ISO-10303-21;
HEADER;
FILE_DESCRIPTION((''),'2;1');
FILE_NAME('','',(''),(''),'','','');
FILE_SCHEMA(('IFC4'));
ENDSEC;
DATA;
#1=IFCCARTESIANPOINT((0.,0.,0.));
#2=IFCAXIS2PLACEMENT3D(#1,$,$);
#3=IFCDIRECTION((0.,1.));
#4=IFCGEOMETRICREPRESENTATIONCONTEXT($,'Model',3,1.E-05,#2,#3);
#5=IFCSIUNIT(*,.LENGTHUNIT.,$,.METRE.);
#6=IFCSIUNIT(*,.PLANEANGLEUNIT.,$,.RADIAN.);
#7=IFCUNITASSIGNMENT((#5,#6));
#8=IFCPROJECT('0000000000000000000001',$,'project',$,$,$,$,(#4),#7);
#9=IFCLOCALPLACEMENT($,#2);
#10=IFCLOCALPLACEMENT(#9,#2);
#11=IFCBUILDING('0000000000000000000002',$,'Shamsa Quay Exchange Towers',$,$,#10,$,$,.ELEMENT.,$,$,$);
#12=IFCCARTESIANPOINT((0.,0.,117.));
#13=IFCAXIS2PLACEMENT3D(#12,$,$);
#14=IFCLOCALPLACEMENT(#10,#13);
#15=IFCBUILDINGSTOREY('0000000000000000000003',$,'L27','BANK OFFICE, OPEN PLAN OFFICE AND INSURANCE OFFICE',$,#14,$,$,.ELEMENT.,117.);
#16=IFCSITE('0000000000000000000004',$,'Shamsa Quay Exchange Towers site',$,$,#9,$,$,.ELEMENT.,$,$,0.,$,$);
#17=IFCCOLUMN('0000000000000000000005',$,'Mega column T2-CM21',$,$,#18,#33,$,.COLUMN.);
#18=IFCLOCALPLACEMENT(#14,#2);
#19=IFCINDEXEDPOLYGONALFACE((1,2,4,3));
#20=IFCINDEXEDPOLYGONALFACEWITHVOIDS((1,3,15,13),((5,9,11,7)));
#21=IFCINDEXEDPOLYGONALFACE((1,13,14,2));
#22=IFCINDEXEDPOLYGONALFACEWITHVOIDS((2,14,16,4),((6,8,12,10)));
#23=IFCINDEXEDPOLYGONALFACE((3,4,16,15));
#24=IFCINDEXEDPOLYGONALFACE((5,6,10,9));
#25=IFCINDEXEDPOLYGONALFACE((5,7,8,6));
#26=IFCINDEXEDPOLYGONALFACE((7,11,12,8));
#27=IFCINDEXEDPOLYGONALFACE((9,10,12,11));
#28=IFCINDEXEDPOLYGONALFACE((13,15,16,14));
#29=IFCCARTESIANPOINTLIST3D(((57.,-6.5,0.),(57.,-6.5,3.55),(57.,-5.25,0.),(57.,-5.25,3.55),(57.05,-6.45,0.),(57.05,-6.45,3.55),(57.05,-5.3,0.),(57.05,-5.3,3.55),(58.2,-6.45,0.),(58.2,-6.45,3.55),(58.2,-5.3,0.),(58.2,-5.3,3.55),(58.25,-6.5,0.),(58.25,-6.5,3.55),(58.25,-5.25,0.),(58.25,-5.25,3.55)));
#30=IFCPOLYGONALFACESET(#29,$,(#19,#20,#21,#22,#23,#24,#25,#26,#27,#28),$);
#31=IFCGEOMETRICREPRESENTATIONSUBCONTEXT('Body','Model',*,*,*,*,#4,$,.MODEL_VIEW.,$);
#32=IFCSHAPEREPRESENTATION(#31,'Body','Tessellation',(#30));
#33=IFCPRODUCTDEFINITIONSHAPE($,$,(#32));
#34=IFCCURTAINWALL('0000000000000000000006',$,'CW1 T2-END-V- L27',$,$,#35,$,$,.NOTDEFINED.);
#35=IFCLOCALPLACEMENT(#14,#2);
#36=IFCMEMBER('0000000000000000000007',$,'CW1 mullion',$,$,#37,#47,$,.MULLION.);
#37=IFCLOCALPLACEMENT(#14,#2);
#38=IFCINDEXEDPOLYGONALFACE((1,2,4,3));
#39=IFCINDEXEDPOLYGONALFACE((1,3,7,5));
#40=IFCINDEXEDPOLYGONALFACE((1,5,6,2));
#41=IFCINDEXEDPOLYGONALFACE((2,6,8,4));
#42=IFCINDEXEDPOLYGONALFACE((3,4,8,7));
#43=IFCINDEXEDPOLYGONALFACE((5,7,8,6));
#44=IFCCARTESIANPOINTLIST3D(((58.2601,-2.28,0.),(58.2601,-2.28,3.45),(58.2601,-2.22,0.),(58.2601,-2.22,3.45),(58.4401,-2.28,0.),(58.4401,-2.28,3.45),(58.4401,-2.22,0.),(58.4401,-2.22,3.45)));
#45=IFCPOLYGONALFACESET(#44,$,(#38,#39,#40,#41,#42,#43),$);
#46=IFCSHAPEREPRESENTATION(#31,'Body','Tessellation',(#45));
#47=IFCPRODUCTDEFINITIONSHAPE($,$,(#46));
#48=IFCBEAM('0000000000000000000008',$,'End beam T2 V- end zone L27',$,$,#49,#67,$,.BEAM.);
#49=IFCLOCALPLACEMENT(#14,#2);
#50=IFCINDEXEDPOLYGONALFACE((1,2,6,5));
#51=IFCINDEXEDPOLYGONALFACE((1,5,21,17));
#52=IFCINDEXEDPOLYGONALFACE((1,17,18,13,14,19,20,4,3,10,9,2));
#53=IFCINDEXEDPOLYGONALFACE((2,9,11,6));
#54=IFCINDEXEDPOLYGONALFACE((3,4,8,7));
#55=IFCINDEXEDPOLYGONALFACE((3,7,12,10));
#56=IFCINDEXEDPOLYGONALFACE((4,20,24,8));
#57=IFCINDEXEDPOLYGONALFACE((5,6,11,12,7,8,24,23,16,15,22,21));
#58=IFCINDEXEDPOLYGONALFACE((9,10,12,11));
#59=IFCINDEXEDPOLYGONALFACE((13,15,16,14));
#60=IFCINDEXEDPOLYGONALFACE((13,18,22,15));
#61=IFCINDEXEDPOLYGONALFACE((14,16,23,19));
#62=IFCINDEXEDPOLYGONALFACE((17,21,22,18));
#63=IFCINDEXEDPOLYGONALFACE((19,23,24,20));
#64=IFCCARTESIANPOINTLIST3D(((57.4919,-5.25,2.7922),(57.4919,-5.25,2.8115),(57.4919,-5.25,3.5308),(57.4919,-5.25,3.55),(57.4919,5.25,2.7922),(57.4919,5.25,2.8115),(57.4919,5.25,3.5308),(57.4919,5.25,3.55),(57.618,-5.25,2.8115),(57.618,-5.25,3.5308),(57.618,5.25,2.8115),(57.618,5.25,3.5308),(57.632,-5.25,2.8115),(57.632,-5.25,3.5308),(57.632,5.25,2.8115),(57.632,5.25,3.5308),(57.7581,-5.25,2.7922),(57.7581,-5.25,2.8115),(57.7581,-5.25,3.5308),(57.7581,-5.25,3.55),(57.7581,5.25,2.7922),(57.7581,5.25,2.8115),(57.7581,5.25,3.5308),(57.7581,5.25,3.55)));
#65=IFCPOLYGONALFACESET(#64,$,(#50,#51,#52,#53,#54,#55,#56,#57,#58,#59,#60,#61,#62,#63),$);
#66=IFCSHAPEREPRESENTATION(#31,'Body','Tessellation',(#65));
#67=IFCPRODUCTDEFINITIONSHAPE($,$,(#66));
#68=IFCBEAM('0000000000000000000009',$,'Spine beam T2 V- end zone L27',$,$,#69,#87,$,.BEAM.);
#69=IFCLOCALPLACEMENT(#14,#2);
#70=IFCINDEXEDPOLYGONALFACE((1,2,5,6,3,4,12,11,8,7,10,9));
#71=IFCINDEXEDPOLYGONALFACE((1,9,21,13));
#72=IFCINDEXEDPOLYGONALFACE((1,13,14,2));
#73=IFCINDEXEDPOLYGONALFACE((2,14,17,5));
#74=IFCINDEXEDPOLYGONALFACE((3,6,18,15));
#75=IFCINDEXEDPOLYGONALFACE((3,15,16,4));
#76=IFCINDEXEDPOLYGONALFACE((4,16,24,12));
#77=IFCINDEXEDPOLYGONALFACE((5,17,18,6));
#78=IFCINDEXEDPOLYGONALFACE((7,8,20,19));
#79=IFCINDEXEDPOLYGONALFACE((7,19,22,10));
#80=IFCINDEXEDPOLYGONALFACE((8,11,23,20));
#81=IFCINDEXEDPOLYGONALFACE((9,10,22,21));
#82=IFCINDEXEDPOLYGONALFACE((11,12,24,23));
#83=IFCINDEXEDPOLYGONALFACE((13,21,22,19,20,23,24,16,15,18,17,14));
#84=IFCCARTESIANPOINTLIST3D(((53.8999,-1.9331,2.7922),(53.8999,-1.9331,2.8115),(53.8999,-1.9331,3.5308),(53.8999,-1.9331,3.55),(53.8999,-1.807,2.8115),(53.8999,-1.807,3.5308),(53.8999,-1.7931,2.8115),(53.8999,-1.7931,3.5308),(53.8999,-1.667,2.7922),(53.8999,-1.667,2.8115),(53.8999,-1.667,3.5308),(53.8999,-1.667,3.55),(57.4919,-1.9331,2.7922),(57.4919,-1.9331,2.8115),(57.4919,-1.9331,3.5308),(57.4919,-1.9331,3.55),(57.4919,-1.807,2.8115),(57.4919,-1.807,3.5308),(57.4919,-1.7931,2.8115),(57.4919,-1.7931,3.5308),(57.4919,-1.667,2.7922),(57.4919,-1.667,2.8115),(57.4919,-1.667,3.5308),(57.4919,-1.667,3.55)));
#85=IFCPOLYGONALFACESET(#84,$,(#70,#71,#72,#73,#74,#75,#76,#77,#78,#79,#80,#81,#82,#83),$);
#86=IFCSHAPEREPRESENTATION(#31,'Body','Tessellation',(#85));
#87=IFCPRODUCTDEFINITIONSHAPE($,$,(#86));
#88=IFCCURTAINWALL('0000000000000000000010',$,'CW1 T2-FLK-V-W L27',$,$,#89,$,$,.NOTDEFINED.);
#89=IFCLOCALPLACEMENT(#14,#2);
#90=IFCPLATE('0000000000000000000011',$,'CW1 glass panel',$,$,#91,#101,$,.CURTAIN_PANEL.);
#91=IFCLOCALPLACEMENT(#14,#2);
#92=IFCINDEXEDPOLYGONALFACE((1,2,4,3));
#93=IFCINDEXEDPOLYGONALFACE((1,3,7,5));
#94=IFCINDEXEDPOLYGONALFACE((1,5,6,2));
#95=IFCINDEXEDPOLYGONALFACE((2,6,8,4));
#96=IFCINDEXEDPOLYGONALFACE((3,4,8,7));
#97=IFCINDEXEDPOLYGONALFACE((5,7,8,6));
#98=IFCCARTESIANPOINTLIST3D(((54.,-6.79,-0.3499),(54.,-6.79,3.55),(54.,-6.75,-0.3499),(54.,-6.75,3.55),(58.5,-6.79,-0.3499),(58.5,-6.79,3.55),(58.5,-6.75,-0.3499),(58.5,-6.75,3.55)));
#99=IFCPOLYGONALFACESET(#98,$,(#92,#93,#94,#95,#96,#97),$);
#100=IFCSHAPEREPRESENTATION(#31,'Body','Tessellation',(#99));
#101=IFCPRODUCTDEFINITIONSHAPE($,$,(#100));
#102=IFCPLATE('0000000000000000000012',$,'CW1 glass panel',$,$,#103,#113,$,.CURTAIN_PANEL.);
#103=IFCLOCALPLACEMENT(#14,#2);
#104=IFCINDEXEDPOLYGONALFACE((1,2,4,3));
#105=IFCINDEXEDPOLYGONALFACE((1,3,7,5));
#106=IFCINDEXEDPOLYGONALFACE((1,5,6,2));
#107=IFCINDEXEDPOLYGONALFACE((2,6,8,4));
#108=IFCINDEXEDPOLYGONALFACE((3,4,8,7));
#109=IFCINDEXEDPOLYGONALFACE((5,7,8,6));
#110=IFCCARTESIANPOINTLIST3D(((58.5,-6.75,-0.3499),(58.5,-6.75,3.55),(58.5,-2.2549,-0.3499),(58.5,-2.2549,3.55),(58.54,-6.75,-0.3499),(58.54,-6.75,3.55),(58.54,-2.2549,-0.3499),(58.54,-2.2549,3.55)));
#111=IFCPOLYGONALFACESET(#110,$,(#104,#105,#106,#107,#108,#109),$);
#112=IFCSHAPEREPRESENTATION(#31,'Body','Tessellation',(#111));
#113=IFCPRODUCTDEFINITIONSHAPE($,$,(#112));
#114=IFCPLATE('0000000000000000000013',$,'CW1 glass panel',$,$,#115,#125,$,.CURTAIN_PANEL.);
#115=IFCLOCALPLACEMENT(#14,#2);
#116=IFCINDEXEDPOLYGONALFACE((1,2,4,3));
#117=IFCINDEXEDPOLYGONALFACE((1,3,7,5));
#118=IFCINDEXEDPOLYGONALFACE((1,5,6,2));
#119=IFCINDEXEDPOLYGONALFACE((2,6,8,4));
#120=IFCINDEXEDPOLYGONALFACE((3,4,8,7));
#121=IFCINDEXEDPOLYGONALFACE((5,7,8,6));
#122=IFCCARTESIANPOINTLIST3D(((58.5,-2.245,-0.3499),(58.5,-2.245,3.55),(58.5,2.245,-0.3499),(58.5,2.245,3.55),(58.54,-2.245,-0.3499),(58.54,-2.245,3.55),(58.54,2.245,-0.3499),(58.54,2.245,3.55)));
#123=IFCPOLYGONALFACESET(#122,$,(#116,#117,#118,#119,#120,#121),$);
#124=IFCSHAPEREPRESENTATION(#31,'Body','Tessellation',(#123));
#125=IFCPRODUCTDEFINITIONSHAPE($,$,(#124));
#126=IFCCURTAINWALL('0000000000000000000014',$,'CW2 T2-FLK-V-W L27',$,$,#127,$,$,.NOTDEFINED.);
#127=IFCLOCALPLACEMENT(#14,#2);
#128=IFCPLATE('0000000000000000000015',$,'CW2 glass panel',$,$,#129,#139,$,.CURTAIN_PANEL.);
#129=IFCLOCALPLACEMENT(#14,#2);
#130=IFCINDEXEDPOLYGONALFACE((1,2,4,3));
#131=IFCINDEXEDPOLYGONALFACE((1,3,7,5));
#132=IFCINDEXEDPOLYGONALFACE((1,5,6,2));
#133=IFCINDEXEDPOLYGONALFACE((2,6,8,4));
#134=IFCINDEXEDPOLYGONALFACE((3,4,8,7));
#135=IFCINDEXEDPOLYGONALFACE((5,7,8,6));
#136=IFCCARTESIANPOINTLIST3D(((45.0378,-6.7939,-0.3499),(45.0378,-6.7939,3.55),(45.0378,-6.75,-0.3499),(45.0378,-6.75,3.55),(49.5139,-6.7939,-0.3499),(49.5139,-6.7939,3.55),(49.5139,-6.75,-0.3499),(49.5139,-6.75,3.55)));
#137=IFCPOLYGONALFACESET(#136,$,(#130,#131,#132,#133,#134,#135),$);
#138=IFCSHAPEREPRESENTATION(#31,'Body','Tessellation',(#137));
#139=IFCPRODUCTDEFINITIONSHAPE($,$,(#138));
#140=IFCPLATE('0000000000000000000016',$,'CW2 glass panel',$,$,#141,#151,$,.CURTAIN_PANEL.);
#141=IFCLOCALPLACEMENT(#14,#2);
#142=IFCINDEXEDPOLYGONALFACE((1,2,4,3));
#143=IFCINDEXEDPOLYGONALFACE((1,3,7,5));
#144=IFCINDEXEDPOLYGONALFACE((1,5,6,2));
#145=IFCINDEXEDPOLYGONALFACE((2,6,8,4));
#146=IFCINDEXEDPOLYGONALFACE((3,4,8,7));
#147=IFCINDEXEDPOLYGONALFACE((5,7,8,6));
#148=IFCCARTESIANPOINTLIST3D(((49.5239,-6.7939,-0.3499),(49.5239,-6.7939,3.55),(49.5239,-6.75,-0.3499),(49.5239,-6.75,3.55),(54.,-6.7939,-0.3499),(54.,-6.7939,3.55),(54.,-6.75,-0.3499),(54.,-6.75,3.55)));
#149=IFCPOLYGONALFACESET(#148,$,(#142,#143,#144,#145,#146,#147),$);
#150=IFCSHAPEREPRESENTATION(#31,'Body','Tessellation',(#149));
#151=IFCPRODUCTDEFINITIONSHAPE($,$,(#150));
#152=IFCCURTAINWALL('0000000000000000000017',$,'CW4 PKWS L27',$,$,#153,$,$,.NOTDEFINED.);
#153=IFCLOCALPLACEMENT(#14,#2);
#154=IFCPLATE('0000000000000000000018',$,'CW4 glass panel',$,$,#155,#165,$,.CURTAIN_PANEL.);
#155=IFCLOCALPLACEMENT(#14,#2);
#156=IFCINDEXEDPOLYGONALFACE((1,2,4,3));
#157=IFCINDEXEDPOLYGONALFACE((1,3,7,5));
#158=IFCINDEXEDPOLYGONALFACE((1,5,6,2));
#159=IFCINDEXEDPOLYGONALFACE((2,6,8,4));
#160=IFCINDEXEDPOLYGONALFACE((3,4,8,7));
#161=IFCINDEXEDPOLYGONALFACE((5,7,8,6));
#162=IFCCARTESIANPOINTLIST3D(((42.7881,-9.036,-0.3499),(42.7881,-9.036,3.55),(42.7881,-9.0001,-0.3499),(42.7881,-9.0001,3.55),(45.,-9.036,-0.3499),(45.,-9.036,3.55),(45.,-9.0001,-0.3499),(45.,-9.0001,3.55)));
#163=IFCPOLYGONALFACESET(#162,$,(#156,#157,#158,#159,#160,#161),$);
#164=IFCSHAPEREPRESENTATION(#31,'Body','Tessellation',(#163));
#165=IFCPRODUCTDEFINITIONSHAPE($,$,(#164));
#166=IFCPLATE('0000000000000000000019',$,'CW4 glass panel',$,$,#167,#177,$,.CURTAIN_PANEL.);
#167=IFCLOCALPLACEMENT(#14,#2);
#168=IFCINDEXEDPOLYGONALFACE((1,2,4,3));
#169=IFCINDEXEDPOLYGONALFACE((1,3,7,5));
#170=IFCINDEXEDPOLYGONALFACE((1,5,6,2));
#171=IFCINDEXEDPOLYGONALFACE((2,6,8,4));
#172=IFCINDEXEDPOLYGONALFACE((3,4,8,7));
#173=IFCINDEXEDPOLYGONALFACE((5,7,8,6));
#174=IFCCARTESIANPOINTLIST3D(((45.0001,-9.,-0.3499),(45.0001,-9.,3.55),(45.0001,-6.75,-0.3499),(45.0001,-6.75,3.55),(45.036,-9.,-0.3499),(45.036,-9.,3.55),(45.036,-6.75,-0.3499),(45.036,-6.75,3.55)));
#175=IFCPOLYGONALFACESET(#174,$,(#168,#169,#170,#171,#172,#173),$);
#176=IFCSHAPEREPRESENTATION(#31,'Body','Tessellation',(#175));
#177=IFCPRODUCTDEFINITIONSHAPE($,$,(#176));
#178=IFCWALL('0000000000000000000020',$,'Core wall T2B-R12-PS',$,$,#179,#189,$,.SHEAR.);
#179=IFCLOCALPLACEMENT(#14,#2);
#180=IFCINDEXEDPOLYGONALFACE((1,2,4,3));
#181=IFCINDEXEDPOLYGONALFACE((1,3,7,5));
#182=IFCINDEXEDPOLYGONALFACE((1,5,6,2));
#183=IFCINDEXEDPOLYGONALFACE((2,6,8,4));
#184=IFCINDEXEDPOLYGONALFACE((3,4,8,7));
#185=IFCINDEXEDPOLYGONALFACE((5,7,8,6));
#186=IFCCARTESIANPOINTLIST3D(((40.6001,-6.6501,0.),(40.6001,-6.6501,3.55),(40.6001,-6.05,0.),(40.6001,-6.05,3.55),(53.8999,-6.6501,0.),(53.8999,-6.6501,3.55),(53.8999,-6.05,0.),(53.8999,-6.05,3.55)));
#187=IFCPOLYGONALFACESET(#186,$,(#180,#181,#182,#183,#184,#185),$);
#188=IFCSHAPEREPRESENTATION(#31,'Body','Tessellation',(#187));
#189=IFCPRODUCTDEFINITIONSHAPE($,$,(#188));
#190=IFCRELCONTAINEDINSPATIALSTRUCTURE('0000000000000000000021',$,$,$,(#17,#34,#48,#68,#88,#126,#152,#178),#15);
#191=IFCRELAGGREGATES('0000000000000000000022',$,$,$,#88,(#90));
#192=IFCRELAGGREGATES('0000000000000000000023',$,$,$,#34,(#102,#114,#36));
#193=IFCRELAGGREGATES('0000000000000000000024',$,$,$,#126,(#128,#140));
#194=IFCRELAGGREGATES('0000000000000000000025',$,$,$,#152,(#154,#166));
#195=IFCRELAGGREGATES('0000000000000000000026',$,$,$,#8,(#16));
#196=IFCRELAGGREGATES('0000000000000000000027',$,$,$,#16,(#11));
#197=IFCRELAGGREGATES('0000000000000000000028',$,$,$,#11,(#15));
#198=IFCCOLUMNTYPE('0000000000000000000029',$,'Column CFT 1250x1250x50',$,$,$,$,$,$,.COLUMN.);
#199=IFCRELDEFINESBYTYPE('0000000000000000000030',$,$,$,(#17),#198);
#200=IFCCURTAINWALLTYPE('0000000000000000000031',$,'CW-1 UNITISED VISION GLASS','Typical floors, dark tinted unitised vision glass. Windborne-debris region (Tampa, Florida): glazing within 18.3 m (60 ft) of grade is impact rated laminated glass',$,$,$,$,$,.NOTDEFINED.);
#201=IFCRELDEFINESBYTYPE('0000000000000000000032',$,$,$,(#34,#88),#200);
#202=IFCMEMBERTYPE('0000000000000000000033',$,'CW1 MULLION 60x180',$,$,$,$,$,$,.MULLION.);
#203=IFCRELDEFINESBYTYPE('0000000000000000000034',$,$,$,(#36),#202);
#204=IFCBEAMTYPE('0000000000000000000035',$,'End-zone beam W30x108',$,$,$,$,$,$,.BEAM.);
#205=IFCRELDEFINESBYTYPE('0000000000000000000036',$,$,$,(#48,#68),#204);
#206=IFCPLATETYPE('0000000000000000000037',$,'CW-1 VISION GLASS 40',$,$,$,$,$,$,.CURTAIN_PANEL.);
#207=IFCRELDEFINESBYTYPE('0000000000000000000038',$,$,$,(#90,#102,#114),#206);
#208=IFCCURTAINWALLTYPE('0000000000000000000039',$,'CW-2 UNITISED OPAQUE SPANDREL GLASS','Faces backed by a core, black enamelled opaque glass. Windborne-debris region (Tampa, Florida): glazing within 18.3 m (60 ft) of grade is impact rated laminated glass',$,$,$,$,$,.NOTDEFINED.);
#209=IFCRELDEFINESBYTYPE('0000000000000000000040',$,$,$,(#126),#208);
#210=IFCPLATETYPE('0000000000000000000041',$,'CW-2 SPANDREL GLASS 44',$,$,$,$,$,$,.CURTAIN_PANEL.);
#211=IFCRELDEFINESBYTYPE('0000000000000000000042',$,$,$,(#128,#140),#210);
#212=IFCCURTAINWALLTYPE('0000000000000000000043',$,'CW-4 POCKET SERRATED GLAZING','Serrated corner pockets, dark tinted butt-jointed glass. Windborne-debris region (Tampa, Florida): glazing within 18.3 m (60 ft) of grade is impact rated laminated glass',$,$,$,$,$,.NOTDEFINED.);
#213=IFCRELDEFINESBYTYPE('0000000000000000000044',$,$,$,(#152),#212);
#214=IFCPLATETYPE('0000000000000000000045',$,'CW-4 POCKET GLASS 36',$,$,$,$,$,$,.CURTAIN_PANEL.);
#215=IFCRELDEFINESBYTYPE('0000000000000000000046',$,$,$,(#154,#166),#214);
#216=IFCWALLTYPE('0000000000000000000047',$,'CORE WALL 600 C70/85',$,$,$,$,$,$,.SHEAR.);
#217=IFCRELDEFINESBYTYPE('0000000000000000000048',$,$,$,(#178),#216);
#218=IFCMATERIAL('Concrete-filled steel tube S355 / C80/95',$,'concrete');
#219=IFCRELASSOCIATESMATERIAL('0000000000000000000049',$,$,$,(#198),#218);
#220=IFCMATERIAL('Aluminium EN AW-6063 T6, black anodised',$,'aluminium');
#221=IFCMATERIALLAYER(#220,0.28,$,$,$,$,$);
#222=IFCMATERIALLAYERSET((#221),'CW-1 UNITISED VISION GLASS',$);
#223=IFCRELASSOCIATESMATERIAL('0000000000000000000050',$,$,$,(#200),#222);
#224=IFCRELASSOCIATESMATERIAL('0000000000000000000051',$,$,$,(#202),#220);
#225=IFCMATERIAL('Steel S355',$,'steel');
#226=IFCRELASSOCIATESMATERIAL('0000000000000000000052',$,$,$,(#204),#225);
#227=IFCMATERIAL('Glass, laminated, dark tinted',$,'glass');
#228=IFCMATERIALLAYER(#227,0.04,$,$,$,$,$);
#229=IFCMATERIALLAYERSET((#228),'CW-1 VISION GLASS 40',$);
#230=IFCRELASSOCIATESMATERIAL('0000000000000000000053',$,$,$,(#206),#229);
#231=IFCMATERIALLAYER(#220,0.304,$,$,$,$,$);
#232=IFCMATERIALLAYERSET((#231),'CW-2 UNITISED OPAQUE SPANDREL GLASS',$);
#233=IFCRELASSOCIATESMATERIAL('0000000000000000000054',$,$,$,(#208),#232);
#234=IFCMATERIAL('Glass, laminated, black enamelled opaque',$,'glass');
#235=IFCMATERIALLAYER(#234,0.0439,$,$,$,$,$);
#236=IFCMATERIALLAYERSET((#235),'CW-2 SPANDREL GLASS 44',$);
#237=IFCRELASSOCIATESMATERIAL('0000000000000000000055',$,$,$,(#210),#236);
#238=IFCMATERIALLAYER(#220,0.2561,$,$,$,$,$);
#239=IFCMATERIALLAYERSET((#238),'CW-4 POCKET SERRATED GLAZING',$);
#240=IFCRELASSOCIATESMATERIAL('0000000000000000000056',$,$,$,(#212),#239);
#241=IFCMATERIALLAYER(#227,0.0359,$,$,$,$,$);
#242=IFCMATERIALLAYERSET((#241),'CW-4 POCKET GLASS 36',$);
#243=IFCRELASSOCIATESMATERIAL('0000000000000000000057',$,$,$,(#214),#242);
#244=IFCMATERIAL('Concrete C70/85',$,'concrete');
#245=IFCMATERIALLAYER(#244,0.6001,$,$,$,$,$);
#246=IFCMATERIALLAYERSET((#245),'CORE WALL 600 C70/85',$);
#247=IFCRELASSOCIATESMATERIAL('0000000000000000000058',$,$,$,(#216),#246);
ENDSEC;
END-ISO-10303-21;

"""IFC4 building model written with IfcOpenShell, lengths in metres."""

from ifc_helpers import new_model, si_unit, direction, frame, frame_2d, origin, origin_2d, place, context, subcontext, project, spatial, rectangle, hollow_rectangle, i_section, extrude, material, layer, layer_set, material_profile, profile_set, type_object, element, aggregate, save


model = new_model("IFC4")

# Units and contexts
model_context = context("Model", 3, precision=1e-05, world=origin(), true_north=direction((0.0, 1.0)))
body_context = subcontext(model_context, "Body", "Model", "MODEL_VIEW")
ifc_project = project(units=[si_unit("LENGTHUNIT", "METRE"), si_unit("PLANEANGLEUNIT", "RADIAN")], contexts=[model_context])

# Site, building, storey
site_placement = place(None, origin())
site = spatial("IfcSite", under=ifc_project, at=site_placement, Name="Shamsa Quay Exchange Towers site", CompositionType="ELEMENT", RefElevation=0.0)
building_placement = place(site_placement, origin())
building = spatial("IfcBuilding", under=site, at=building_placement, Name="Shamsa Quay Exchange Towers", CompositionType="ELEMENT")
storey_placement = place(building_placement, frame((0.0, 0.0, 117.0)))
storey = spatial("IfcBuildingStorey", under=building, at=storey_placement, Name="L27", Description="BANK OFFICE, OPEN PLAN OFFICE AND INSURANCE OFFICE", CompositionType="ELEMENT", Elevation=117.0)

# Column
ifc_material_1 = material(Name="Concrete-filled steel tube S355 / C80/95", Category="concrete")
ifc_material_profile_1 = material_profile(ifc_material_1, hollow_rectangle(XDim=1.25, YDim=1.25, WallThickness=0.05, at=origin_2d()), Name="CFT 1250x1250x50")
ifc_profile_set_1 = profile_set([ifc_material_profile_1], Name="Concrete-filled steel tube S355 / C80/95")
column_type = type_object("IfcColumnType", Name="Column CFT 1250x1250x50", PredefinedType="COLUMN", material=ifc_profile_set_1)
column_placement = place(storey_placement, frame((57.625, -5.875, 0.0)))
element("IfcColumn", 1, at=column_placement, inside=storey, type_object=column_type, Name="Mega column T2-CM21", PredefinedType="COLUMN", context=body_context, shape_type="SweptSolid", body=[
    extrude(hollow_rectangle(XDim=1.25, YDim=1.25, WallThickness=0.05, at=origin_2d()), origin(), (0.0, 0.0, 1.0), 3.55),
])

# Curtain wall, member
ifc_material_2 = material(Name="Aluminium EN AW-6063 T6, black anodised", Category="aluminium")
ifc_layer_1 = layer(ifc_material_2, 0.28)
ifc_layer_set_1 = layer_set([ifc_layer_1], Name="CW-1 UNITISED VISION GLASS")
curtain_wall_type_1 = type_object("IfcCurtainWallType", Name="CW-1 UNITISED VISION GLASS", Description="Typical floors, dark tinted unitised vision glass. Windborne-debris region (Tampa, Florida): glazing within 18.3 m (60 ft) of grade is impact rated laminated glass", PredefinedType="NOTDEFINED", material=ifc_layer_set_1)
curtain_wall_1_placement = place(storey_placement, origin())
curtain_wall_1 = element("IfcCurtainWall", 2, at=curtain_wall_1_placement, inside=storey, type_object=curtain_wall_type_1, Name="CW1 T2-END-V- L27", PredefinedType="NOTDEFINED")
ifc_material_profile_2 = material_profile(ifc_material_2, rectangle(XDim=0.1799, YDim=0.0601, at=origin_2d()), Name="MU60x180")
ifc_profile_set_2 = profile_set([ifc_material_profile_2], Name="Aluminium EN AW-6063 T6, black anodised")
member_type = type_object("IfcMemberType", Name="CW1 MULLION 60x180", PredefinedType="MULLION", material=ifc_profile_set_2)
member_placement = place(storey_placement, frame((58.3501, -2.25, 0.0), z_axis=(0.0, 0.0, 1.0), x_axis=(-1.0, 0.0, 0.0)))
member = element("IfcMember", 3, at=member_placement, type_object=member_type, Name="CW1 mullion", PredefinedType="MULLION", context=body_context, shape_type="SweptSolid", body=[
    extrude(rectangle(XDim=0.1799, YDim=0.0601, at=origin_2d()), origin(), (0.0, 0.0, 1.0), 3.45),
])

# Beams
ifc_material_3 = material(Name="Steel S355", Category="steel")
ifc_material_profile_3 = material_profile(ifc_material_3, i_section(OverallWidth=0.2661, OverallDepth=0.7578, WebThickness=0.0139, FlangeThickness=0.0193, at=origin_2d()), Name="W30x108")
ifc_profile_set_3 = profile_set([ifc_material_profile_3], Name="Steel S355")
beam_type = type_object("IfcBeamType", Name="End-zone beam W30x108", PredefinedType="BEAM", material=ifc_profile_set_3)
beam_1_placement = place(storey_placement, frame((57.625, -5.25, 3.1711), z_axis=(0.0, 1.0, 0.0), x_axis=(-1.0, 0.0, 0.0)))
element("IfcBeam", 4, at=beam_1_placement, inside=storey, type_object=beam_type, Name="End beam T2 V- end zone L27", PredefinedType="BEAM", context=body_context, shape_type="SweptSolid", body=[
    extrude(i_section(OverallWidth=0.2661, OverallDepth=0.7578, WebThickness=0.0139, FlangeThickness=0.0193, at=origin_2d()), origin(), (0.0, 0.0, 1.0), 10.5),
])
beam_2_placement = place(storey_placement, frame((53.8999, -1.8, 3.1711), z_axis=(1.0, 0.0, 0.0), x_axis=(0.0, 1.0, 0.0)))
element("IfcBeam", 5, at=beam_2_placement, inside=storey, type_object=beam_type, Name="Spine beam T2 V- end zone L27", PredefinedType="BEAM", context=body_context, shape_type="SweptSolid", body=[
    extrude(i_section(OverallWidth=0.2661, OverallDepth=0.7578, WebThickness=0.0139, FlangeThickness=0.0193, at=origin_2d()), origin(), (0.0, 0.0, 1.0), 3.592),
])

# Curtain wall, plate
curtain_wall_2_placement = place(storey_placement, origin())
curtain_wall_2 = element("IfcCurtainWall", 6, at=curtain_wall_2_placement, inside=storey, type_object=curtain_wall_type_1, Name="CW1 T2-FLK-V-W L27", PredefinedType="NOTDEFINED")
ifc_material_4 = material(Name="Glass, laminated, dark tinted", Category="glass")
ifc_layer_2 = layer(ifc_material_4, 0.04)
ifc_layer_set_2 = layer_set([ifc_layer_2], Name="CW-1 VISION GLASS 40")
plate_type_1 = type_object("IfcPlateType", Name="CW-1 VISION GLASS 40", PredefinedType="CURTAIN_PANEL", material=ifc_layer_set_2)
plate_1_placement = place(storey_placement, frame((56.25, -6.77, -0.3499)))
plate_1 = element("IfcPlate", 7, at=plate_1_placement, type_object=plate_type_1, Name="CW1 glass panel", PredefinedType="CURTAIN_PANEL", context=body_context, shape_type="SweptSolid", body=[
    extrude(rectangle(XDim=4.5, YDim=0.04, at=origin_2d()), origin(), (0.0, 0.0, 1.0), 3.8999),
])
aggregate(curtain_wall_2, [plate_1])

# Plates
plate_2_placement = place(storey_placement, frame((58.52, -4.5024, -0.3499), z_axis=(0.0, 0.0, 1.0), x_axis=(0.0, 1.0, 0.0)))
plate_2 = element("IfcPlate", 8, at=plate_2_placement, type_object=plate_type_1, Name="CW1 glass panel", PredefinedType="CURTAIN_PANEL", context=body_context, shape_type="SweptSolid", body=[
    extrude(rectangle(XDim=4.4951, YDim=0.04, at=origin_2d()), origin(), (0.0, 0.0, 1.0), 3.8999),
])
plate_3_placement = place(storey_placement, frame((58.52, 0.0, -0.3499), z_axis=(0.0, 0.0, 1.0), x_axis=(0.0, 1.0, 0.0)))
plate_3 = element("IfcPlate", 9, at=plate_3_placement, type_object=plate_type_1, Name="CW1 glass panel", PredefinedType="CURTAIN_PANEL", context=body_context, shape_type="SweptSolid", body=[
    extrude(rectangle(XDim=4.49, YDim=0.04, at=origin_2d()), origin(), (0.0, 0.0, 1.0), 3.8999),
])
aggregate(curtain_wall_1, [plate_2, plate_3, member])

# Curtain walls, plates
ifc_layer_3 = layer(ifc_material_2, 0.304)
ifc_layer_set_3 = layer_set([ifc_layer_3], Name="CW-2 UNITISED OPAQUE SPANDREL GLASS")
curtain_wall_type_2 = type_object("IfcCurtainWallType", Name="CW-2 UNITISED OPAQUE SPANDREL GLASS", Description="Faces backed by a core, black enamelled opaque glass. Windborne-debris region (Tampa, Florida): glazing within 18.3 m (60 ft) of grade is impact rated laminated glass", PredefinedType="NOTDEFINED", material=ifc_layer_set_3)
curtain_wall_3_placement = place(storey_placement, origin())
curtain_wall_3 = element("IfcCurtainWall", 10, at=curtain_wall_3_placement, inside=storey, type_object=curtain_wall_type_2, Name="CW2 T2-FLK-V-W L27", PredefinedType="NOTDEFINED")
ifc_material_5 = material(Name="Glass, laminated, black enamelled opaque", Category="glass")
ifc_layer_4 = layer(ifc_material_5, 0.0439)
ifc_layer_set_4 = layer_set([ifc_layer_4], Name="CW-2 SPANDREL GLASS 44")
plate_type_2 = type_object("IfcPlateType", Name="CW-2 SPANDREL GLASS 44", PredefinedType="CURTAIN_PANEL", material=ifc_layer_set_4)
plate_4_placement = place(storey_placement, frame((47.2759, -6.772, -0.3499)))
plate_4 = element("IfcPlate", 11, at=plate_4_placement, type_object=plate_type_2, Name="CW2 glass panel", PredefinedType="CURTAIN_PANEL", context=body_context, shape_type="SweptSolid", body=[
    extrude(rectangle(XDim=4.4761, YDim=0.0439, at=origin_2d()), origin(), (0.0, 0.0, 1.0), 3.8999),
])
plate_5_placement = place(storey_placement, frame((51.762, -6.772, -0.3499)))
plate_5 = element("IfcPlate", 12, at=plate_5_placement, type_object=plate_type_2, Name="CW2 glass panel", PredefinedType="CURTAIN_PANEL", context=body_context, shape_type="SweptSolid", body=[
    extrude(rectangle(XDim=4.4761, YDim=0.0439, at=origin_2d()), origin(), (0.0, 0.0, 1.0), 3.8999),
])
aggregate(curtain_wall_3, [plate_4, plate_5])
ifc_layer_5 = layer(ifc_material_2, 0.2561)
ifc_layer_set_5 = layer_set([ifc_layer_5], Name="CW-4 POCKET SERRATED GLAZING")
curtain_wall_type_3 = type_object("IfcCurtainWallType", Name="CW-4 POCKET SERRATED GLAZING", Description="Serrated corner pockets, dark tinted butt-jointed glass. Windborne-debris region (Tampa, Florida): glazing within 18.3 m (60 ft) of grade is impact rated laminated glass", PredefinedType="NOTDEFINED", material=ifc_layer_set_5)
curtain_wall_4_placement = place(storey_placement, origin())
curtain_wall_4 = element("IfcCurtainWall", 13, at=curtain_wall_4_placement, inside=storey, type_object=curtain_wall_type_3, Name="CW4 PKWS L27", PredefinedType="NOTDEFINED")
ifc_layer_6 = layer(ifc_material_4, 0.0359)
ifc_layer_set_6 = layer_set([ifc_layer_6], Name="CW-4 POCKET GLASS 36")
plate_type_3 = type_object("IfcPlateType", Name="CW-4 POCKET GLASS 36", PredefinedType="CURTAIN_PANEL", material=ifc_layer_set_6)
plate_6_placement = place(storey_placement, frame((43.894, -9.0181, -0.3499)))
plate_6 = element("IfcPlate", 14, at=plate_6_placement, type_object=plate_type_3, Name="CW4 glass panel", PredefinedType="CURTAIN_PANEL", context=body_context, shape_type="SweptSolid", body=[
    extrude(rectangle(XDim=2.2119, YDim=0.0359, at=origin_2d()), origin(), (0.0, 0.0, 1.0), 3.8999),
])
plate_7_placement = place(storey_placement, frame((45.0181, -7.875, -0.3499), z_axis=(0.0, 0.0, 1.0), x_axis=(0.0, 1.0, 0.0)))
plate_7 = element("IfcPlate", 15, at=plate_7_placement, type_object=plate_type_3, Name="CW4 glass panel", PredefinedType="CURTAIN_PANEL", context=body_context, shape_type="SweptSolid", body=[
    extrude(rectangle(XDim=2.25, YDim=0.0359, at=origin_2d()), origin(), (0.0, 0.0, 1.0), 3.8999),
])
aggregate(curtain_wall_4, [plate_6, plate_7])

# Wall
ifc_material_6 = material(Name="Concrete C70/85", Category="concrete")
ifc_layer_7 = layer(ifc_material_6, 0.6001)
ifc_layer_set_7 = layer_set([ifc_layer_7], Name="CORE WALL 600 C70/85")
wall_type_1 = type_object("IfcWallType", Name="CORE WALL 600 C70/85", PredefinedType="SHEAR", material=ifc_layer_set_7)
wall_1_placement = place(storey_placement, frame((53.8999, -6.3501, 0.0), z_axis=(0.0, 0.0, 1.0), x_axis=(-1.0, 0.0, 0.0)))
element("IfcWall", 16, at=wall_1_placement, inside=storey, type_object=wall_type_1, Name="Core wall T2B-R12-PS", PredefinedType="SHEAR", context=body_context, shape_type="SweptSolid", body=[
    extrude(rectangle(XDim=13.2998, YDim=0.6001, at=frame_2d((6.6499, 0.0))), origin(), (0.0, 0.0, 1.0), 3.55),
])

save(model, "model.ifc")
